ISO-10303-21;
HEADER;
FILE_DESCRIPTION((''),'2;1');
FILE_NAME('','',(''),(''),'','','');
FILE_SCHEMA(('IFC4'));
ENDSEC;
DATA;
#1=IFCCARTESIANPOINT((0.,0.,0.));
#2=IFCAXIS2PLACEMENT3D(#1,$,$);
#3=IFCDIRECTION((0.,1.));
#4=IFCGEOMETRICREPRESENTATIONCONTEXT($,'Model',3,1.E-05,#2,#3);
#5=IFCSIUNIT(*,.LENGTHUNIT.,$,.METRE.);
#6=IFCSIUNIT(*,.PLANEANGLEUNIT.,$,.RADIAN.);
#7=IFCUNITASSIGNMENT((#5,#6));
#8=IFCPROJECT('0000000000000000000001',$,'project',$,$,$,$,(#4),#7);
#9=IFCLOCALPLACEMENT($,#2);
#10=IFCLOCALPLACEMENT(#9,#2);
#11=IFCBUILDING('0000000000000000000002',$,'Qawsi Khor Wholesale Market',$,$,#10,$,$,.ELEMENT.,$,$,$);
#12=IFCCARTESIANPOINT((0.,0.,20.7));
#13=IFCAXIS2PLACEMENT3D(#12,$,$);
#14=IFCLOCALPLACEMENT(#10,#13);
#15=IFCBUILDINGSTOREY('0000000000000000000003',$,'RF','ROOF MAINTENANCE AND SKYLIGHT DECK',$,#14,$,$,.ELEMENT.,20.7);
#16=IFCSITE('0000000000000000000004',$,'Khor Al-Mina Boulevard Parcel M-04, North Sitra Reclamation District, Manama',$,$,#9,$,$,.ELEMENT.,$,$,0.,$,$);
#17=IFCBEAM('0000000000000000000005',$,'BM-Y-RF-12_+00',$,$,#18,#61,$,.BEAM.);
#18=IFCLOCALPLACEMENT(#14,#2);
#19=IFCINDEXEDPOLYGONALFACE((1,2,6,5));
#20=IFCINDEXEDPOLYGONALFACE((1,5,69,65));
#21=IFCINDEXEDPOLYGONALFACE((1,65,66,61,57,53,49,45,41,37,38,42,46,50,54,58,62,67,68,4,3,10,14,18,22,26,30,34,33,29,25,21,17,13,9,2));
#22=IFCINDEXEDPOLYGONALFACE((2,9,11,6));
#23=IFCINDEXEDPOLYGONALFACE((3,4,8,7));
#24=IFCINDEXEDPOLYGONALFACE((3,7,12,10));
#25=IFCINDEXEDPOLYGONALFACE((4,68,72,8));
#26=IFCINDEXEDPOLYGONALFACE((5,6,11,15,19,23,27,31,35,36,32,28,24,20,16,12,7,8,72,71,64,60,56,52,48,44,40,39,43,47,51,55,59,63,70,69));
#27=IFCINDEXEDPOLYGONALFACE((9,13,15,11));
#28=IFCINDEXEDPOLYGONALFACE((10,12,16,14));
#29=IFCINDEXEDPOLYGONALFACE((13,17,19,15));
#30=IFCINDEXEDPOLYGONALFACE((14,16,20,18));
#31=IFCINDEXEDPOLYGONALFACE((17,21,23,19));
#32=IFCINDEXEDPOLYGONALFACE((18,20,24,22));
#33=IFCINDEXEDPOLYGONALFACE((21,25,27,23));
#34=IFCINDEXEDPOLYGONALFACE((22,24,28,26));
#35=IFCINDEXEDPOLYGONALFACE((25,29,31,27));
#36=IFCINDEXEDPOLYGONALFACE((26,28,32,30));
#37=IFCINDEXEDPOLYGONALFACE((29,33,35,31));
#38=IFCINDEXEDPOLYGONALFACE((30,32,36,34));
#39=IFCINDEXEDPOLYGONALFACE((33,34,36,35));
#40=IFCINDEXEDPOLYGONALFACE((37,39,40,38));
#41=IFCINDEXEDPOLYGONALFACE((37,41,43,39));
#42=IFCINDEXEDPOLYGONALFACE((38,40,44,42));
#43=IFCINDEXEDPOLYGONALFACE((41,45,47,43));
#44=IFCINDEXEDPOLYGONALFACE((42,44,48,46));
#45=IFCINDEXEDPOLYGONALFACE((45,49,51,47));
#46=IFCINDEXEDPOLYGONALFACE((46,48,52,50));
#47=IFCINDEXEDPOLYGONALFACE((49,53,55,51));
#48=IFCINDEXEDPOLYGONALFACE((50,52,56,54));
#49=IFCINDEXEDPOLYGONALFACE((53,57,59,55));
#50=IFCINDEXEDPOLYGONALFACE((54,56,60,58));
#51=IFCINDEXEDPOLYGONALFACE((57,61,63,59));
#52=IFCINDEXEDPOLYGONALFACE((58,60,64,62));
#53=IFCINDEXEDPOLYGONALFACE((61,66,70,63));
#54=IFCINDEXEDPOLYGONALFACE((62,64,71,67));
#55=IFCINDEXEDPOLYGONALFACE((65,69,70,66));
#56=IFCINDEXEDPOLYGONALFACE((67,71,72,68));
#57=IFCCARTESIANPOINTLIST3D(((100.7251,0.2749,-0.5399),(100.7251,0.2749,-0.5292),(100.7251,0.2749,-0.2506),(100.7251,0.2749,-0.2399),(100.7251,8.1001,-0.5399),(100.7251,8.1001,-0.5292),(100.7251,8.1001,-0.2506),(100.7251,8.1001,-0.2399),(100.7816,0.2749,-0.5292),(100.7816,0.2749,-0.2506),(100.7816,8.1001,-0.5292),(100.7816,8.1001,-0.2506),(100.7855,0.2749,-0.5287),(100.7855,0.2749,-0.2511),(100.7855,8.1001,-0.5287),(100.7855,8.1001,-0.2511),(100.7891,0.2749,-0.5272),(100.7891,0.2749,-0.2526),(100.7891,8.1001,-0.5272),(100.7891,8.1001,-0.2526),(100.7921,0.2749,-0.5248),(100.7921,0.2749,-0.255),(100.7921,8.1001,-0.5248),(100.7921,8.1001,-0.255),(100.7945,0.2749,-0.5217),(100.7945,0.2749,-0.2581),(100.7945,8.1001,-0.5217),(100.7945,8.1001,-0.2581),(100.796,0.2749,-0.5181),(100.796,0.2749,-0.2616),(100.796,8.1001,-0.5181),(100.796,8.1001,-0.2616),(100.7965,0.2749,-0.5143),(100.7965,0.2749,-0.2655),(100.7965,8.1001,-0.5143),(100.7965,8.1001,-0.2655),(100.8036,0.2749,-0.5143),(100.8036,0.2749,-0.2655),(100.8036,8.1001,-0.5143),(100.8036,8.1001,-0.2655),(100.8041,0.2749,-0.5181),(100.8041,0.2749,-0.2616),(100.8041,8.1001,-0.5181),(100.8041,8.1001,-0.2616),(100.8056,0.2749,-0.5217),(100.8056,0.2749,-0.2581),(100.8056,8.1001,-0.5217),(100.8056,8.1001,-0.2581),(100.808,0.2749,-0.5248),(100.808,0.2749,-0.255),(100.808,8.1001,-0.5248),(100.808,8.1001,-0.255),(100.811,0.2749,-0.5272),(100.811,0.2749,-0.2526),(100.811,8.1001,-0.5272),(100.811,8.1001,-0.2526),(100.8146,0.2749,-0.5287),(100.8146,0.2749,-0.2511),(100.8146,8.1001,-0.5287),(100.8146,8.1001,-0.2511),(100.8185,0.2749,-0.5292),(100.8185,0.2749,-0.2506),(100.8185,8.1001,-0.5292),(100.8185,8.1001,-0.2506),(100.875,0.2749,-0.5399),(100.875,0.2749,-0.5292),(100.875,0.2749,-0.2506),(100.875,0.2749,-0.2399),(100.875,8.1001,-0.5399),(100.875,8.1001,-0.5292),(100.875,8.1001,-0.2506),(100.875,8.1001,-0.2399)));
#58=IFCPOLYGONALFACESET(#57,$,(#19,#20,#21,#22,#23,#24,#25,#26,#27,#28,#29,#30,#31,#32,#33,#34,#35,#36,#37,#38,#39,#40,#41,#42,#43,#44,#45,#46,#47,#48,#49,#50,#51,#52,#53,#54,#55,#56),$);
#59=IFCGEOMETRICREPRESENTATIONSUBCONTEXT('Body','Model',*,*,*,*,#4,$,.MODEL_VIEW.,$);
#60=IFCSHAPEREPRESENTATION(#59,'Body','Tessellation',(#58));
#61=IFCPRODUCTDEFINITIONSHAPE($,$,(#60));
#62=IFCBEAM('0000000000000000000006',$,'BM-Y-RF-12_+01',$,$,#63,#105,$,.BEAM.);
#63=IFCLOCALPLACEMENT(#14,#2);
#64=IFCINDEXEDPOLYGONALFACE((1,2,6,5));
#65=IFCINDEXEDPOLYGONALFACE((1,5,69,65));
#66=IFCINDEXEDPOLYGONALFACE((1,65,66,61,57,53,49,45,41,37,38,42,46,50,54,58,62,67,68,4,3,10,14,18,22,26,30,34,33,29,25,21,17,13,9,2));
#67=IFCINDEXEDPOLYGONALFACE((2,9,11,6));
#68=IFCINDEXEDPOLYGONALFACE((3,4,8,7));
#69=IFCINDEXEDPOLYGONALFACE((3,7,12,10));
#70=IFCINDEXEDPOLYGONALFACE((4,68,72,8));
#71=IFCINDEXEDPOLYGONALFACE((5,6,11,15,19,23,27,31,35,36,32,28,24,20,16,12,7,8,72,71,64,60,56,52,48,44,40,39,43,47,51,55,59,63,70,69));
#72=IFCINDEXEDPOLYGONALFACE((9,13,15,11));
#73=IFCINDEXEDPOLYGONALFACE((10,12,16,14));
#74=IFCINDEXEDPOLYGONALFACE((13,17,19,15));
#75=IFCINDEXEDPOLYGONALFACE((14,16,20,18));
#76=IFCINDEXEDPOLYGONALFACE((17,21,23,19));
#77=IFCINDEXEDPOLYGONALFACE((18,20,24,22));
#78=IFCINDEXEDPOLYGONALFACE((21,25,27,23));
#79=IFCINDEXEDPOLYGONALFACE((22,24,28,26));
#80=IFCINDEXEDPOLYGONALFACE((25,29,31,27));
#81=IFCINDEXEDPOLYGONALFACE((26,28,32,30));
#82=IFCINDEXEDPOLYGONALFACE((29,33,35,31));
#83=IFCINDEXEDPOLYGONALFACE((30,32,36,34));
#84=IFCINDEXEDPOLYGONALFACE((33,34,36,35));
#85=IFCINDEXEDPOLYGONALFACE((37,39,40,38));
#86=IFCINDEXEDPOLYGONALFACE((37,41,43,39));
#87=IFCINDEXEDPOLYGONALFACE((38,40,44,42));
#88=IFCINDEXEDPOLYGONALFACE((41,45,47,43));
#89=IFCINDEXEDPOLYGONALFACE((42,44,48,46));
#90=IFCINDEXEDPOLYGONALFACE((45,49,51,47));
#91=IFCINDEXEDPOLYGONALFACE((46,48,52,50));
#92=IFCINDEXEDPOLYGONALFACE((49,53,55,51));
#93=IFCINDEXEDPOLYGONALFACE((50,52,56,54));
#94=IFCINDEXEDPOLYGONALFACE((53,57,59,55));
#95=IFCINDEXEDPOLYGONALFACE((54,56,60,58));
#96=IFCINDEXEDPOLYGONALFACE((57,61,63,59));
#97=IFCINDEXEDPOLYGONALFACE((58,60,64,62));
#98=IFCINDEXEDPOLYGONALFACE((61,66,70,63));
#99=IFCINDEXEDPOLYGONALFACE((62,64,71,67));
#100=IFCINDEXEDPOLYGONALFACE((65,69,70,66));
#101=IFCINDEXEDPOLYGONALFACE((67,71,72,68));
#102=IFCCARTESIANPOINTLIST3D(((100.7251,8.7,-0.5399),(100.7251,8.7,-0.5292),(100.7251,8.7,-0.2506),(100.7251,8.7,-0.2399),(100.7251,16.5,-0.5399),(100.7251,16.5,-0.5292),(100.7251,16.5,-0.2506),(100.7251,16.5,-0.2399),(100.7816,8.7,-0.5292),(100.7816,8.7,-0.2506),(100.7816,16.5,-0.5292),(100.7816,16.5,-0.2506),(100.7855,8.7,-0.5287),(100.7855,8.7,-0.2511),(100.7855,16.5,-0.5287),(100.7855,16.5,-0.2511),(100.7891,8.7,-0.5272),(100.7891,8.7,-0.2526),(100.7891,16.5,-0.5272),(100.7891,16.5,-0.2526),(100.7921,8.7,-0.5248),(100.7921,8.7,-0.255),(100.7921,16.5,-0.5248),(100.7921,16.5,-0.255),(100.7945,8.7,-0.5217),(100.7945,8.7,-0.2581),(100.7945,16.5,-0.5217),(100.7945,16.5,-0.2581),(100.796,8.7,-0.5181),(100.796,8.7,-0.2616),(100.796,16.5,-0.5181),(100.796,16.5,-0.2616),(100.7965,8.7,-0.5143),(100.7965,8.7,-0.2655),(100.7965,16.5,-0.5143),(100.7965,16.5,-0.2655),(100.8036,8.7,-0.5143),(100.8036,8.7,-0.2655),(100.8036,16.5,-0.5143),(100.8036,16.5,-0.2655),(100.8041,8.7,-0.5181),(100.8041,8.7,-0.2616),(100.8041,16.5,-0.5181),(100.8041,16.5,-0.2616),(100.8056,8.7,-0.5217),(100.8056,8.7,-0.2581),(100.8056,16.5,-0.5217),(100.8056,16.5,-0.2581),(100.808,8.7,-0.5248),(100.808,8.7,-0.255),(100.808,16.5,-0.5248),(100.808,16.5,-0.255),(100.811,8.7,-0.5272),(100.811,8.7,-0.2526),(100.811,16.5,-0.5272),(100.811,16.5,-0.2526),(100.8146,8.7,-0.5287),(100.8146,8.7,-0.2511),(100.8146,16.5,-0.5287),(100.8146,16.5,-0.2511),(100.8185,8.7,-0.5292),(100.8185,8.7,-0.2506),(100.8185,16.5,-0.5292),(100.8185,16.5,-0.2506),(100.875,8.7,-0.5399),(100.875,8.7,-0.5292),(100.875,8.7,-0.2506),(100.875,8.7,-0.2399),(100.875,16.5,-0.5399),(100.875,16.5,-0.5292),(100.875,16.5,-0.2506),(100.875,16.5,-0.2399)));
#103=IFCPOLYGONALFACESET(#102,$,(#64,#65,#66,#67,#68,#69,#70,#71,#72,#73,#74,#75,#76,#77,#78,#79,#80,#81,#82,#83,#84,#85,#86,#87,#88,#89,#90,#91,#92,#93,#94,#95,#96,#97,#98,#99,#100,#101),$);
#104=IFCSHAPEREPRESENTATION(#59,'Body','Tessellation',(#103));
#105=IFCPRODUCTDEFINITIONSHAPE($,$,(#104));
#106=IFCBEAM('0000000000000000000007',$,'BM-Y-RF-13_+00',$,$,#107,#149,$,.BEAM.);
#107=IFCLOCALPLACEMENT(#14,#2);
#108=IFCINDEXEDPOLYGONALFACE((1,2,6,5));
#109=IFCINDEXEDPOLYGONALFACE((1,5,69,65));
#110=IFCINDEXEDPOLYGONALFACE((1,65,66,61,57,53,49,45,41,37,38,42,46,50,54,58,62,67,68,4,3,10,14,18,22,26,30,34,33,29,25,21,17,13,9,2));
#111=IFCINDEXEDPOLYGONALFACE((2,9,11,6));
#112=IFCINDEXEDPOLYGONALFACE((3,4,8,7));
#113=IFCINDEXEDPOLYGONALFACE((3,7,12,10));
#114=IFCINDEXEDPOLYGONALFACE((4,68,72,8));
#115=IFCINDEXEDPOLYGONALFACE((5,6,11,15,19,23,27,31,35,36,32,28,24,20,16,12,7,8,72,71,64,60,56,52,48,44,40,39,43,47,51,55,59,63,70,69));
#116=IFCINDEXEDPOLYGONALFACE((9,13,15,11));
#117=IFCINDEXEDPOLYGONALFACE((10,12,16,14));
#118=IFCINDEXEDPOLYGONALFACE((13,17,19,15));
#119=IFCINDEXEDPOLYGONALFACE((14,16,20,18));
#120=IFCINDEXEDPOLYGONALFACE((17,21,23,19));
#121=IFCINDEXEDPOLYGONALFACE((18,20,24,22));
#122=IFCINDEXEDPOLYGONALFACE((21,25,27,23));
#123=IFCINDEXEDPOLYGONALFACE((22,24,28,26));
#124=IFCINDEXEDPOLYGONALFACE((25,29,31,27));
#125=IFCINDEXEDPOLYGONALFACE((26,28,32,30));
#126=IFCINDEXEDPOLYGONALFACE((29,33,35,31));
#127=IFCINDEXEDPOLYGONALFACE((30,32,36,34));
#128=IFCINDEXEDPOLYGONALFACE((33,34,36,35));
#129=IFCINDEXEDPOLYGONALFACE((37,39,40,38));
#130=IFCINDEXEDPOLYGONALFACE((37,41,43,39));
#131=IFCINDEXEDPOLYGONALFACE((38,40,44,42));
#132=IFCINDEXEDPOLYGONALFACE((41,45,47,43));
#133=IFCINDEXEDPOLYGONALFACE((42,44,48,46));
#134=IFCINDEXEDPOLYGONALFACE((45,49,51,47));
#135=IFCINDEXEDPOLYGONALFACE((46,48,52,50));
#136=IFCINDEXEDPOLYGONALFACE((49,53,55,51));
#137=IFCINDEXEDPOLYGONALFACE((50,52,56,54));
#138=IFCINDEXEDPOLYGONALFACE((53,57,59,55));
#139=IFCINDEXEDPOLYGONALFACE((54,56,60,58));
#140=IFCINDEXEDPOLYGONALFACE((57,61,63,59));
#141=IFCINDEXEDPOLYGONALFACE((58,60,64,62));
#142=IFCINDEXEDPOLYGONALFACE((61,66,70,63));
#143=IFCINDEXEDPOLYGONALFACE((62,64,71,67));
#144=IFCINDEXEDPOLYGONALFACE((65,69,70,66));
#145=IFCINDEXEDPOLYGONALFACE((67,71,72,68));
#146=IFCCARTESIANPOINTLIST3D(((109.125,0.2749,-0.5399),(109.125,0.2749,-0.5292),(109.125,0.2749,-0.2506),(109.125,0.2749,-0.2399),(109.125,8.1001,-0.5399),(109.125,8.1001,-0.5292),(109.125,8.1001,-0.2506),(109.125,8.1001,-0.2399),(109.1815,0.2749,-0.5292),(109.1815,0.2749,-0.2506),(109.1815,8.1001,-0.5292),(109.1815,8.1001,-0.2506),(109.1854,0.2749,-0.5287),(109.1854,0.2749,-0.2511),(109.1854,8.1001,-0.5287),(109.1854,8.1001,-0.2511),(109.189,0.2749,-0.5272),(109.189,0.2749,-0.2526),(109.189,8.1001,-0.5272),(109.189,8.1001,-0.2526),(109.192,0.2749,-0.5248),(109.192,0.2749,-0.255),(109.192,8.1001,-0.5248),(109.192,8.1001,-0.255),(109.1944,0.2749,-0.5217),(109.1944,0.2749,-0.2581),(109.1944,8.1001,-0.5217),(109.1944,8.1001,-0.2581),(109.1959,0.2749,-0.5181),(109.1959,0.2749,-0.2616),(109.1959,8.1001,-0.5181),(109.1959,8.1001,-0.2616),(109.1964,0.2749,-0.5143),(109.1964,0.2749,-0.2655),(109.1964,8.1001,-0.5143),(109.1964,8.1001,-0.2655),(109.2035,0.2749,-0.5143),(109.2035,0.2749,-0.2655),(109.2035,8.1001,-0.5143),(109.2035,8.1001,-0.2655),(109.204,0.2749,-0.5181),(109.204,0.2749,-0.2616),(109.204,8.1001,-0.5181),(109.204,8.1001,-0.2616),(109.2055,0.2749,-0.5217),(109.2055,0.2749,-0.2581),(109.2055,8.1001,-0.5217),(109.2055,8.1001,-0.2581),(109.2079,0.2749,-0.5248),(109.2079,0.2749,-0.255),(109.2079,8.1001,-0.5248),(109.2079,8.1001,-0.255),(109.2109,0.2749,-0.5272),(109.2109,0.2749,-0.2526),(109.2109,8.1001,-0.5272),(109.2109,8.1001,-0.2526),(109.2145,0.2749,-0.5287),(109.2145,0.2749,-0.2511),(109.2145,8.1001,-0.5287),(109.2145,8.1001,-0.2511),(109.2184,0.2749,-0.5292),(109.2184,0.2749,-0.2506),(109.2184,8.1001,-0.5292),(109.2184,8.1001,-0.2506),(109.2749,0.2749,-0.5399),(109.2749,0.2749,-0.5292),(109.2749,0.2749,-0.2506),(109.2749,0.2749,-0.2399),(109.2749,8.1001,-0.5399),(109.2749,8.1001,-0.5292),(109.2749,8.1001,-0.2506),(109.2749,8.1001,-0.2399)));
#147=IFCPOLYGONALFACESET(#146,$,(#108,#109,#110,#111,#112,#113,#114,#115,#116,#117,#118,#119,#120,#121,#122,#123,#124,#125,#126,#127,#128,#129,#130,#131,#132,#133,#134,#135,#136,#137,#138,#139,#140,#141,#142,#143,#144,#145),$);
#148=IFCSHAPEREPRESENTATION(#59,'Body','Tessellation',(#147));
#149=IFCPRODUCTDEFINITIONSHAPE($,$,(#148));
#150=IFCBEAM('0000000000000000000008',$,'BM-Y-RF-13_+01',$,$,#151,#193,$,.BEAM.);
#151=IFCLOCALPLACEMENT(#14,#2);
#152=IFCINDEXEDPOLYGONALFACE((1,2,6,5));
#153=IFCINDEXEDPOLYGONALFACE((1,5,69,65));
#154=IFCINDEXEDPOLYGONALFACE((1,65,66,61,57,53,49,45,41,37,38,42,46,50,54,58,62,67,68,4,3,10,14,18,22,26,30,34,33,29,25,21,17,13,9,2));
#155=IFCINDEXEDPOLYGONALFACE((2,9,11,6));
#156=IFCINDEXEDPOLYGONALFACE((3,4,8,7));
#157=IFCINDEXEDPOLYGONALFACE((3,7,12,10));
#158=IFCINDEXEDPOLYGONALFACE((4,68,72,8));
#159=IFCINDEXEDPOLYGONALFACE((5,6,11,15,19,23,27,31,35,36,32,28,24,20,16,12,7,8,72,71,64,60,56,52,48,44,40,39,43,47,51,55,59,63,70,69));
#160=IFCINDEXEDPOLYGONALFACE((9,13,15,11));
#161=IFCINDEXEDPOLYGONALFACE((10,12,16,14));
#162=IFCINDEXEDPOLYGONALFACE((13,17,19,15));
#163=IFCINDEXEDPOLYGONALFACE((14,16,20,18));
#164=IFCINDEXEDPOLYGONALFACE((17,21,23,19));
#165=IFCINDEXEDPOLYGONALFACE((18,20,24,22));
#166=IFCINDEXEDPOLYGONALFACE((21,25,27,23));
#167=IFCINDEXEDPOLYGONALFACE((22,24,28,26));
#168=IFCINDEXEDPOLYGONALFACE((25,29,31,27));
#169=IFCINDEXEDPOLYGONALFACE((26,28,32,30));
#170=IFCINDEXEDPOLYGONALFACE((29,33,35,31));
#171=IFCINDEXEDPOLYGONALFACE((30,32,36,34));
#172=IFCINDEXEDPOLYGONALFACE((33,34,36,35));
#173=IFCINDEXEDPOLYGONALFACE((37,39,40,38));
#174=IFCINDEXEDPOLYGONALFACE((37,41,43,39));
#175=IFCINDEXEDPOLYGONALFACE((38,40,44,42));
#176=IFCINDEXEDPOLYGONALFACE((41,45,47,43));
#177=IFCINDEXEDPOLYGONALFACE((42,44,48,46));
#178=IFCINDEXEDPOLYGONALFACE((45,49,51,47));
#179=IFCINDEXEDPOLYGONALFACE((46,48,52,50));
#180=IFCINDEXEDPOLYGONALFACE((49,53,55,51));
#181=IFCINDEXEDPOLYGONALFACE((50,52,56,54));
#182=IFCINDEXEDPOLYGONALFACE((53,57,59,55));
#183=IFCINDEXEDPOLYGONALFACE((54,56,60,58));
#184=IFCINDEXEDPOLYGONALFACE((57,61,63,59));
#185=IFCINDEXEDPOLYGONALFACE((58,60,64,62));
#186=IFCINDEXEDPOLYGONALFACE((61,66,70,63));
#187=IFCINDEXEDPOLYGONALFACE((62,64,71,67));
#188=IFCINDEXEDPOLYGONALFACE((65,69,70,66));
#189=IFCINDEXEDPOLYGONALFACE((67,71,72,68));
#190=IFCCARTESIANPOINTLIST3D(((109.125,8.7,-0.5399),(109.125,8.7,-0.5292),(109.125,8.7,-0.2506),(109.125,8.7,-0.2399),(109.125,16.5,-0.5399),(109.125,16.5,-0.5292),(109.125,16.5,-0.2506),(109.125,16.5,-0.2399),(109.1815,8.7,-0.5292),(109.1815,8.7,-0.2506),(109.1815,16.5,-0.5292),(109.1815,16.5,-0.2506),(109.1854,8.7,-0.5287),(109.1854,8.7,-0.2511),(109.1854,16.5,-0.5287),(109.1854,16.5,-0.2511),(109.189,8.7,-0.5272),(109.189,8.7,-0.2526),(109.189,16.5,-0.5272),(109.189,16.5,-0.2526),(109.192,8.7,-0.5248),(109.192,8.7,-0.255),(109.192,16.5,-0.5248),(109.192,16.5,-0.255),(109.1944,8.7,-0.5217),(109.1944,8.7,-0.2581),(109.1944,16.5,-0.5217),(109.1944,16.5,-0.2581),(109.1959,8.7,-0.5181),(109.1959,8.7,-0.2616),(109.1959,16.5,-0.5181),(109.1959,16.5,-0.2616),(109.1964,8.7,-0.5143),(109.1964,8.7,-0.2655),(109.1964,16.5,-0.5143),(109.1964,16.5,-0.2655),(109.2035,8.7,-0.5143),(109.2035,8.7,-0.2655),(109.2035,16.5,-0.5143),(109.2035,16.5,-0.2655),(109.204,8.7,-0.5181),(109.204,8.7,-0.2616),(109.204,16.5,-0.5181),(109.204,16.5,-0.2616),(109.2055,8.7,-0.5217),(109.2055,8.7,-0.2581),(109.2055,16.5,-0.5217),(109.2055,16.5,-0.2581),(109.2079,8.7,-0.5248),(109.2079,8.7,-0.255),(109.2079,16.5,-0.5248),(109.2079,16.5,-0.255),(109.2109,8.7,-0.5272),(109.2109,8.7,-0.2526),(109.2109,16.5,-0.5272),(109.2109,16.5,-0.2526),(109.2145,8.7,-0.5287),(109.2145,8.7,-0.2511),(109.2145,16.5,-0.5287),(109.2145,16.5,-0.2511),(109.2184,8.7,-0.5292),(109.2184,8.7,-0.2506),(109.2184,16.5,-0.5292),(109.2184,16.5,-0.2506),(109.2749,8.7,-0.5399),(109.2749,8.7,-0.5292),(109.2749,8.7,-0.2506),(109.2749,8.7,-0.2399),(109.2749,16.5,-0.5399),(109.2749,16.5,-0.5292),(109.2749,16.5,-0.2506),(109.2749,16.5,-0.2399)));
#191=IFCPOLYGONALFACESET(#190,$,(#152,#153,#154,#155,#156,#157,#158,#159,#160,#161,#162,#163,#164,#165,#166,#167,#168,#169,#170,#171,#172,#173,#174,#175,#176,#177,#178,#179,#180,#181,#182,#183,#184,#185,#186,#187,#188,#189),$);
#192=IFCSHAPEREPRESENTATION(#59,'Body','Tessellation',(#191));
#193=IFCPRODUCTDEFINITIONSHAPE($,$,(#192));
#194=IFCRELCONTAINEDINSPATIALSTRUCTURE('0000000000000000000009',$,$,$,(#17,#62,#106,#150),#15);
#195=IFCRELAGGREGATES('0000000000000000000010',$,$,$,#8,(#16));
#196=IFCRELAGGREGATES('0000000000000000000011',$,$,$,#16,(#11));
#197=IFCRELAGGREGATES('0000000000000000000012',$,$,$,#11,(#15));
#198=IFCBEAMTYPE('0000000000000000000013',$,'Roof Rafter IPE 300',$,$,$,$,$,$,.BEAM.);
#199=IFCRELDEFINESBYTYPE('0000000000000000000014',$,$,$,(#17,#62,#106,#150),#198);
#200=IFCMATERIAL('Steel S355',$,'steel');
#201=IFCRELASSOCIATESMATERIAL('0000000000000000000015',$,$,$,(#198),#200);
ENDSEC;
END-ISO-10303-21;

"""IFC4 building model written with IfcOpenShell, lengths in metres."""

from ifc_helpers import new_model, si_unit, direction, frame, origin, origin_2d, place, context, subcontext, project, spatial, i_section, extrude, material, material_profile, profile_set, type_object, element, save


model = new_model("IFC4")

# Units and contexts
model_context = context("Model", 3, precision=1e-05, world=origin(), true_north=direction((0.0, 1.0)))
body_context = subcontext(model_context, "Body", "Model", "MODEL_VIEW")
ifc_project = project(units=[si_unit("LENGTHUNIT", "METRE"), si_unit("PLANEANGLEUNIT", "RADIAN")], contexts=[model_context])

# Site, building, storey
site_placement = place(None, origin())
site = spatial("IfcSite", under=ifc_project, at=site_placement, Name="Khor Al-Mina Boulevard Parcel M-04, North Sitra Reclamation District, Manama", CompositionType="ELEMENT", RefElevation=0.0)
building_placement = place(site_placement, origin())
building = spatial("IfcBuilding", under=site, at=building_placement, Name="Qawsi Khor Wholesale Market", CompositionType="ELEMENT")
storey_placement = place(building_placement, frame((0.0, 0.0, 20.7)))
storey = spatial("IfcBuildingStorey", under=building, at=storey_placement, Name="RF", Description="ROOF MAINTENANCE AND SKYLIGHT DECK", CompositionType="ELEMENT", Elevation=20.7)

# Beams
ifc_material_1 = material(Name="Steel S355", Category="steel")
ifc_material_profile_1 = material_profile(ifc_material_1, i_section(OverallWidth=0.1499, OverallDepth=0.3, WebThickness=0.0071, FlangeThickness=0.0107, FilletRadius=0.0149, at=origin_2d()), Name="IPE 300")
ifc_profile_set_1 = profile_set([ifc_material_profile_1], Name="Steel S355")
beam_type_1 = type_object("IfcBeamType", Name="Roof Rafter IPE 300", PredefinedType="BEAM", material=ifc_profile_set_1)
beam_1_placement = place(storey_placement, frame((100.8, 0.2749, -0.3899), z_axis=(0.0, 1.0, 0.0), x_axis=(-1.0, 0.0, 0.0)))
element("IfcBeam", 1, at=beam_1_placement, inside=storey, type_object=beam_type_1, Name="BM-Y-RF-12_+00", PredefinedType="BEAM", context=body_context, shape_type="SweptSolid", body=[
    extrude(i_section(OverallWidth=0.1499, OverallDepth=0.3, WebThickness=0.0071, FlangeThickness=0.0107, FilletRadius=0.0149, at=origin_2d()), origin(), (0.0, 0.0, 1.0), 7.8252),
])
beam_2_placement = place(storey_placement, frame((100.8, 8.7, -0.3899), z_axis=(0.0, 1.0, 0.0), x_axis=(-1.0, 0.0, 0.0)))
element("IfcBeam", 2, at=beam_2_placement, inside=storey, type_object=beam_type_1, Name="BM-Y-RF-12_+01", PredefinedType="BEAM", context=body_context, shape_type="SweptSolid", body=[
    extrude(i_section(OverallWidth=0.1499, OverallDepth=0.3, WebThickness=0.0071, FlangeThickness=0.0107, FilletRadius=0.0149, at=origin_2d()), origin(), (0.0, 0.0, 1.0), 7.8),
])
beam_3_placement = place(storey_placement, frame((109.2, 0.2749, -0.3899), z_axis=(0.0, 1.0, 0.0), x_axis=(-1.0, 0.0, 0.0)))
element("IfcBeam", 3, at=beam_3_placement, inside=storey, type_object=beam_type_1, Name="BM-Y-RF-13_+00", PredefinedType="BEAM", context=body_context, shape_type="SweptSolid", body=[
    extrude(i_section(OverallWidth=0.1499, OverallDepth=0.3, WebThickness=0.0071, FlangeThickness=0.0107, FilletRadius=0.0149, at=origin_2d()), origin(), (0.0, 0.0, 1.0), 7.8252),
])
beam_4_placement = place(storey_placement, frame((109.2, 8.7, -0.3899), z_axis=(0.0, 1.0, 0.0), x_axis=(-1.0, 0.0, 0.0)))
element("IfcBeam", 4, at=beam_4_placement, inside=storey, type_object=beam_type_1, Name="BM-Y-RF-13_+01", PredefinedType="BEAM", context=body_context, shape_type="SweptSolid", body=[
    extrude(i_section(OverallWidth=0.1499, OverallDepth=0.3, WebThickness=0.0071, FlangeThickness=0.0107, FilletRadius=0.0149, at=origin_2d()), origin(), (0.0, 0.0, 1.0), 7.8),
])

save(model, "model.ifc")
